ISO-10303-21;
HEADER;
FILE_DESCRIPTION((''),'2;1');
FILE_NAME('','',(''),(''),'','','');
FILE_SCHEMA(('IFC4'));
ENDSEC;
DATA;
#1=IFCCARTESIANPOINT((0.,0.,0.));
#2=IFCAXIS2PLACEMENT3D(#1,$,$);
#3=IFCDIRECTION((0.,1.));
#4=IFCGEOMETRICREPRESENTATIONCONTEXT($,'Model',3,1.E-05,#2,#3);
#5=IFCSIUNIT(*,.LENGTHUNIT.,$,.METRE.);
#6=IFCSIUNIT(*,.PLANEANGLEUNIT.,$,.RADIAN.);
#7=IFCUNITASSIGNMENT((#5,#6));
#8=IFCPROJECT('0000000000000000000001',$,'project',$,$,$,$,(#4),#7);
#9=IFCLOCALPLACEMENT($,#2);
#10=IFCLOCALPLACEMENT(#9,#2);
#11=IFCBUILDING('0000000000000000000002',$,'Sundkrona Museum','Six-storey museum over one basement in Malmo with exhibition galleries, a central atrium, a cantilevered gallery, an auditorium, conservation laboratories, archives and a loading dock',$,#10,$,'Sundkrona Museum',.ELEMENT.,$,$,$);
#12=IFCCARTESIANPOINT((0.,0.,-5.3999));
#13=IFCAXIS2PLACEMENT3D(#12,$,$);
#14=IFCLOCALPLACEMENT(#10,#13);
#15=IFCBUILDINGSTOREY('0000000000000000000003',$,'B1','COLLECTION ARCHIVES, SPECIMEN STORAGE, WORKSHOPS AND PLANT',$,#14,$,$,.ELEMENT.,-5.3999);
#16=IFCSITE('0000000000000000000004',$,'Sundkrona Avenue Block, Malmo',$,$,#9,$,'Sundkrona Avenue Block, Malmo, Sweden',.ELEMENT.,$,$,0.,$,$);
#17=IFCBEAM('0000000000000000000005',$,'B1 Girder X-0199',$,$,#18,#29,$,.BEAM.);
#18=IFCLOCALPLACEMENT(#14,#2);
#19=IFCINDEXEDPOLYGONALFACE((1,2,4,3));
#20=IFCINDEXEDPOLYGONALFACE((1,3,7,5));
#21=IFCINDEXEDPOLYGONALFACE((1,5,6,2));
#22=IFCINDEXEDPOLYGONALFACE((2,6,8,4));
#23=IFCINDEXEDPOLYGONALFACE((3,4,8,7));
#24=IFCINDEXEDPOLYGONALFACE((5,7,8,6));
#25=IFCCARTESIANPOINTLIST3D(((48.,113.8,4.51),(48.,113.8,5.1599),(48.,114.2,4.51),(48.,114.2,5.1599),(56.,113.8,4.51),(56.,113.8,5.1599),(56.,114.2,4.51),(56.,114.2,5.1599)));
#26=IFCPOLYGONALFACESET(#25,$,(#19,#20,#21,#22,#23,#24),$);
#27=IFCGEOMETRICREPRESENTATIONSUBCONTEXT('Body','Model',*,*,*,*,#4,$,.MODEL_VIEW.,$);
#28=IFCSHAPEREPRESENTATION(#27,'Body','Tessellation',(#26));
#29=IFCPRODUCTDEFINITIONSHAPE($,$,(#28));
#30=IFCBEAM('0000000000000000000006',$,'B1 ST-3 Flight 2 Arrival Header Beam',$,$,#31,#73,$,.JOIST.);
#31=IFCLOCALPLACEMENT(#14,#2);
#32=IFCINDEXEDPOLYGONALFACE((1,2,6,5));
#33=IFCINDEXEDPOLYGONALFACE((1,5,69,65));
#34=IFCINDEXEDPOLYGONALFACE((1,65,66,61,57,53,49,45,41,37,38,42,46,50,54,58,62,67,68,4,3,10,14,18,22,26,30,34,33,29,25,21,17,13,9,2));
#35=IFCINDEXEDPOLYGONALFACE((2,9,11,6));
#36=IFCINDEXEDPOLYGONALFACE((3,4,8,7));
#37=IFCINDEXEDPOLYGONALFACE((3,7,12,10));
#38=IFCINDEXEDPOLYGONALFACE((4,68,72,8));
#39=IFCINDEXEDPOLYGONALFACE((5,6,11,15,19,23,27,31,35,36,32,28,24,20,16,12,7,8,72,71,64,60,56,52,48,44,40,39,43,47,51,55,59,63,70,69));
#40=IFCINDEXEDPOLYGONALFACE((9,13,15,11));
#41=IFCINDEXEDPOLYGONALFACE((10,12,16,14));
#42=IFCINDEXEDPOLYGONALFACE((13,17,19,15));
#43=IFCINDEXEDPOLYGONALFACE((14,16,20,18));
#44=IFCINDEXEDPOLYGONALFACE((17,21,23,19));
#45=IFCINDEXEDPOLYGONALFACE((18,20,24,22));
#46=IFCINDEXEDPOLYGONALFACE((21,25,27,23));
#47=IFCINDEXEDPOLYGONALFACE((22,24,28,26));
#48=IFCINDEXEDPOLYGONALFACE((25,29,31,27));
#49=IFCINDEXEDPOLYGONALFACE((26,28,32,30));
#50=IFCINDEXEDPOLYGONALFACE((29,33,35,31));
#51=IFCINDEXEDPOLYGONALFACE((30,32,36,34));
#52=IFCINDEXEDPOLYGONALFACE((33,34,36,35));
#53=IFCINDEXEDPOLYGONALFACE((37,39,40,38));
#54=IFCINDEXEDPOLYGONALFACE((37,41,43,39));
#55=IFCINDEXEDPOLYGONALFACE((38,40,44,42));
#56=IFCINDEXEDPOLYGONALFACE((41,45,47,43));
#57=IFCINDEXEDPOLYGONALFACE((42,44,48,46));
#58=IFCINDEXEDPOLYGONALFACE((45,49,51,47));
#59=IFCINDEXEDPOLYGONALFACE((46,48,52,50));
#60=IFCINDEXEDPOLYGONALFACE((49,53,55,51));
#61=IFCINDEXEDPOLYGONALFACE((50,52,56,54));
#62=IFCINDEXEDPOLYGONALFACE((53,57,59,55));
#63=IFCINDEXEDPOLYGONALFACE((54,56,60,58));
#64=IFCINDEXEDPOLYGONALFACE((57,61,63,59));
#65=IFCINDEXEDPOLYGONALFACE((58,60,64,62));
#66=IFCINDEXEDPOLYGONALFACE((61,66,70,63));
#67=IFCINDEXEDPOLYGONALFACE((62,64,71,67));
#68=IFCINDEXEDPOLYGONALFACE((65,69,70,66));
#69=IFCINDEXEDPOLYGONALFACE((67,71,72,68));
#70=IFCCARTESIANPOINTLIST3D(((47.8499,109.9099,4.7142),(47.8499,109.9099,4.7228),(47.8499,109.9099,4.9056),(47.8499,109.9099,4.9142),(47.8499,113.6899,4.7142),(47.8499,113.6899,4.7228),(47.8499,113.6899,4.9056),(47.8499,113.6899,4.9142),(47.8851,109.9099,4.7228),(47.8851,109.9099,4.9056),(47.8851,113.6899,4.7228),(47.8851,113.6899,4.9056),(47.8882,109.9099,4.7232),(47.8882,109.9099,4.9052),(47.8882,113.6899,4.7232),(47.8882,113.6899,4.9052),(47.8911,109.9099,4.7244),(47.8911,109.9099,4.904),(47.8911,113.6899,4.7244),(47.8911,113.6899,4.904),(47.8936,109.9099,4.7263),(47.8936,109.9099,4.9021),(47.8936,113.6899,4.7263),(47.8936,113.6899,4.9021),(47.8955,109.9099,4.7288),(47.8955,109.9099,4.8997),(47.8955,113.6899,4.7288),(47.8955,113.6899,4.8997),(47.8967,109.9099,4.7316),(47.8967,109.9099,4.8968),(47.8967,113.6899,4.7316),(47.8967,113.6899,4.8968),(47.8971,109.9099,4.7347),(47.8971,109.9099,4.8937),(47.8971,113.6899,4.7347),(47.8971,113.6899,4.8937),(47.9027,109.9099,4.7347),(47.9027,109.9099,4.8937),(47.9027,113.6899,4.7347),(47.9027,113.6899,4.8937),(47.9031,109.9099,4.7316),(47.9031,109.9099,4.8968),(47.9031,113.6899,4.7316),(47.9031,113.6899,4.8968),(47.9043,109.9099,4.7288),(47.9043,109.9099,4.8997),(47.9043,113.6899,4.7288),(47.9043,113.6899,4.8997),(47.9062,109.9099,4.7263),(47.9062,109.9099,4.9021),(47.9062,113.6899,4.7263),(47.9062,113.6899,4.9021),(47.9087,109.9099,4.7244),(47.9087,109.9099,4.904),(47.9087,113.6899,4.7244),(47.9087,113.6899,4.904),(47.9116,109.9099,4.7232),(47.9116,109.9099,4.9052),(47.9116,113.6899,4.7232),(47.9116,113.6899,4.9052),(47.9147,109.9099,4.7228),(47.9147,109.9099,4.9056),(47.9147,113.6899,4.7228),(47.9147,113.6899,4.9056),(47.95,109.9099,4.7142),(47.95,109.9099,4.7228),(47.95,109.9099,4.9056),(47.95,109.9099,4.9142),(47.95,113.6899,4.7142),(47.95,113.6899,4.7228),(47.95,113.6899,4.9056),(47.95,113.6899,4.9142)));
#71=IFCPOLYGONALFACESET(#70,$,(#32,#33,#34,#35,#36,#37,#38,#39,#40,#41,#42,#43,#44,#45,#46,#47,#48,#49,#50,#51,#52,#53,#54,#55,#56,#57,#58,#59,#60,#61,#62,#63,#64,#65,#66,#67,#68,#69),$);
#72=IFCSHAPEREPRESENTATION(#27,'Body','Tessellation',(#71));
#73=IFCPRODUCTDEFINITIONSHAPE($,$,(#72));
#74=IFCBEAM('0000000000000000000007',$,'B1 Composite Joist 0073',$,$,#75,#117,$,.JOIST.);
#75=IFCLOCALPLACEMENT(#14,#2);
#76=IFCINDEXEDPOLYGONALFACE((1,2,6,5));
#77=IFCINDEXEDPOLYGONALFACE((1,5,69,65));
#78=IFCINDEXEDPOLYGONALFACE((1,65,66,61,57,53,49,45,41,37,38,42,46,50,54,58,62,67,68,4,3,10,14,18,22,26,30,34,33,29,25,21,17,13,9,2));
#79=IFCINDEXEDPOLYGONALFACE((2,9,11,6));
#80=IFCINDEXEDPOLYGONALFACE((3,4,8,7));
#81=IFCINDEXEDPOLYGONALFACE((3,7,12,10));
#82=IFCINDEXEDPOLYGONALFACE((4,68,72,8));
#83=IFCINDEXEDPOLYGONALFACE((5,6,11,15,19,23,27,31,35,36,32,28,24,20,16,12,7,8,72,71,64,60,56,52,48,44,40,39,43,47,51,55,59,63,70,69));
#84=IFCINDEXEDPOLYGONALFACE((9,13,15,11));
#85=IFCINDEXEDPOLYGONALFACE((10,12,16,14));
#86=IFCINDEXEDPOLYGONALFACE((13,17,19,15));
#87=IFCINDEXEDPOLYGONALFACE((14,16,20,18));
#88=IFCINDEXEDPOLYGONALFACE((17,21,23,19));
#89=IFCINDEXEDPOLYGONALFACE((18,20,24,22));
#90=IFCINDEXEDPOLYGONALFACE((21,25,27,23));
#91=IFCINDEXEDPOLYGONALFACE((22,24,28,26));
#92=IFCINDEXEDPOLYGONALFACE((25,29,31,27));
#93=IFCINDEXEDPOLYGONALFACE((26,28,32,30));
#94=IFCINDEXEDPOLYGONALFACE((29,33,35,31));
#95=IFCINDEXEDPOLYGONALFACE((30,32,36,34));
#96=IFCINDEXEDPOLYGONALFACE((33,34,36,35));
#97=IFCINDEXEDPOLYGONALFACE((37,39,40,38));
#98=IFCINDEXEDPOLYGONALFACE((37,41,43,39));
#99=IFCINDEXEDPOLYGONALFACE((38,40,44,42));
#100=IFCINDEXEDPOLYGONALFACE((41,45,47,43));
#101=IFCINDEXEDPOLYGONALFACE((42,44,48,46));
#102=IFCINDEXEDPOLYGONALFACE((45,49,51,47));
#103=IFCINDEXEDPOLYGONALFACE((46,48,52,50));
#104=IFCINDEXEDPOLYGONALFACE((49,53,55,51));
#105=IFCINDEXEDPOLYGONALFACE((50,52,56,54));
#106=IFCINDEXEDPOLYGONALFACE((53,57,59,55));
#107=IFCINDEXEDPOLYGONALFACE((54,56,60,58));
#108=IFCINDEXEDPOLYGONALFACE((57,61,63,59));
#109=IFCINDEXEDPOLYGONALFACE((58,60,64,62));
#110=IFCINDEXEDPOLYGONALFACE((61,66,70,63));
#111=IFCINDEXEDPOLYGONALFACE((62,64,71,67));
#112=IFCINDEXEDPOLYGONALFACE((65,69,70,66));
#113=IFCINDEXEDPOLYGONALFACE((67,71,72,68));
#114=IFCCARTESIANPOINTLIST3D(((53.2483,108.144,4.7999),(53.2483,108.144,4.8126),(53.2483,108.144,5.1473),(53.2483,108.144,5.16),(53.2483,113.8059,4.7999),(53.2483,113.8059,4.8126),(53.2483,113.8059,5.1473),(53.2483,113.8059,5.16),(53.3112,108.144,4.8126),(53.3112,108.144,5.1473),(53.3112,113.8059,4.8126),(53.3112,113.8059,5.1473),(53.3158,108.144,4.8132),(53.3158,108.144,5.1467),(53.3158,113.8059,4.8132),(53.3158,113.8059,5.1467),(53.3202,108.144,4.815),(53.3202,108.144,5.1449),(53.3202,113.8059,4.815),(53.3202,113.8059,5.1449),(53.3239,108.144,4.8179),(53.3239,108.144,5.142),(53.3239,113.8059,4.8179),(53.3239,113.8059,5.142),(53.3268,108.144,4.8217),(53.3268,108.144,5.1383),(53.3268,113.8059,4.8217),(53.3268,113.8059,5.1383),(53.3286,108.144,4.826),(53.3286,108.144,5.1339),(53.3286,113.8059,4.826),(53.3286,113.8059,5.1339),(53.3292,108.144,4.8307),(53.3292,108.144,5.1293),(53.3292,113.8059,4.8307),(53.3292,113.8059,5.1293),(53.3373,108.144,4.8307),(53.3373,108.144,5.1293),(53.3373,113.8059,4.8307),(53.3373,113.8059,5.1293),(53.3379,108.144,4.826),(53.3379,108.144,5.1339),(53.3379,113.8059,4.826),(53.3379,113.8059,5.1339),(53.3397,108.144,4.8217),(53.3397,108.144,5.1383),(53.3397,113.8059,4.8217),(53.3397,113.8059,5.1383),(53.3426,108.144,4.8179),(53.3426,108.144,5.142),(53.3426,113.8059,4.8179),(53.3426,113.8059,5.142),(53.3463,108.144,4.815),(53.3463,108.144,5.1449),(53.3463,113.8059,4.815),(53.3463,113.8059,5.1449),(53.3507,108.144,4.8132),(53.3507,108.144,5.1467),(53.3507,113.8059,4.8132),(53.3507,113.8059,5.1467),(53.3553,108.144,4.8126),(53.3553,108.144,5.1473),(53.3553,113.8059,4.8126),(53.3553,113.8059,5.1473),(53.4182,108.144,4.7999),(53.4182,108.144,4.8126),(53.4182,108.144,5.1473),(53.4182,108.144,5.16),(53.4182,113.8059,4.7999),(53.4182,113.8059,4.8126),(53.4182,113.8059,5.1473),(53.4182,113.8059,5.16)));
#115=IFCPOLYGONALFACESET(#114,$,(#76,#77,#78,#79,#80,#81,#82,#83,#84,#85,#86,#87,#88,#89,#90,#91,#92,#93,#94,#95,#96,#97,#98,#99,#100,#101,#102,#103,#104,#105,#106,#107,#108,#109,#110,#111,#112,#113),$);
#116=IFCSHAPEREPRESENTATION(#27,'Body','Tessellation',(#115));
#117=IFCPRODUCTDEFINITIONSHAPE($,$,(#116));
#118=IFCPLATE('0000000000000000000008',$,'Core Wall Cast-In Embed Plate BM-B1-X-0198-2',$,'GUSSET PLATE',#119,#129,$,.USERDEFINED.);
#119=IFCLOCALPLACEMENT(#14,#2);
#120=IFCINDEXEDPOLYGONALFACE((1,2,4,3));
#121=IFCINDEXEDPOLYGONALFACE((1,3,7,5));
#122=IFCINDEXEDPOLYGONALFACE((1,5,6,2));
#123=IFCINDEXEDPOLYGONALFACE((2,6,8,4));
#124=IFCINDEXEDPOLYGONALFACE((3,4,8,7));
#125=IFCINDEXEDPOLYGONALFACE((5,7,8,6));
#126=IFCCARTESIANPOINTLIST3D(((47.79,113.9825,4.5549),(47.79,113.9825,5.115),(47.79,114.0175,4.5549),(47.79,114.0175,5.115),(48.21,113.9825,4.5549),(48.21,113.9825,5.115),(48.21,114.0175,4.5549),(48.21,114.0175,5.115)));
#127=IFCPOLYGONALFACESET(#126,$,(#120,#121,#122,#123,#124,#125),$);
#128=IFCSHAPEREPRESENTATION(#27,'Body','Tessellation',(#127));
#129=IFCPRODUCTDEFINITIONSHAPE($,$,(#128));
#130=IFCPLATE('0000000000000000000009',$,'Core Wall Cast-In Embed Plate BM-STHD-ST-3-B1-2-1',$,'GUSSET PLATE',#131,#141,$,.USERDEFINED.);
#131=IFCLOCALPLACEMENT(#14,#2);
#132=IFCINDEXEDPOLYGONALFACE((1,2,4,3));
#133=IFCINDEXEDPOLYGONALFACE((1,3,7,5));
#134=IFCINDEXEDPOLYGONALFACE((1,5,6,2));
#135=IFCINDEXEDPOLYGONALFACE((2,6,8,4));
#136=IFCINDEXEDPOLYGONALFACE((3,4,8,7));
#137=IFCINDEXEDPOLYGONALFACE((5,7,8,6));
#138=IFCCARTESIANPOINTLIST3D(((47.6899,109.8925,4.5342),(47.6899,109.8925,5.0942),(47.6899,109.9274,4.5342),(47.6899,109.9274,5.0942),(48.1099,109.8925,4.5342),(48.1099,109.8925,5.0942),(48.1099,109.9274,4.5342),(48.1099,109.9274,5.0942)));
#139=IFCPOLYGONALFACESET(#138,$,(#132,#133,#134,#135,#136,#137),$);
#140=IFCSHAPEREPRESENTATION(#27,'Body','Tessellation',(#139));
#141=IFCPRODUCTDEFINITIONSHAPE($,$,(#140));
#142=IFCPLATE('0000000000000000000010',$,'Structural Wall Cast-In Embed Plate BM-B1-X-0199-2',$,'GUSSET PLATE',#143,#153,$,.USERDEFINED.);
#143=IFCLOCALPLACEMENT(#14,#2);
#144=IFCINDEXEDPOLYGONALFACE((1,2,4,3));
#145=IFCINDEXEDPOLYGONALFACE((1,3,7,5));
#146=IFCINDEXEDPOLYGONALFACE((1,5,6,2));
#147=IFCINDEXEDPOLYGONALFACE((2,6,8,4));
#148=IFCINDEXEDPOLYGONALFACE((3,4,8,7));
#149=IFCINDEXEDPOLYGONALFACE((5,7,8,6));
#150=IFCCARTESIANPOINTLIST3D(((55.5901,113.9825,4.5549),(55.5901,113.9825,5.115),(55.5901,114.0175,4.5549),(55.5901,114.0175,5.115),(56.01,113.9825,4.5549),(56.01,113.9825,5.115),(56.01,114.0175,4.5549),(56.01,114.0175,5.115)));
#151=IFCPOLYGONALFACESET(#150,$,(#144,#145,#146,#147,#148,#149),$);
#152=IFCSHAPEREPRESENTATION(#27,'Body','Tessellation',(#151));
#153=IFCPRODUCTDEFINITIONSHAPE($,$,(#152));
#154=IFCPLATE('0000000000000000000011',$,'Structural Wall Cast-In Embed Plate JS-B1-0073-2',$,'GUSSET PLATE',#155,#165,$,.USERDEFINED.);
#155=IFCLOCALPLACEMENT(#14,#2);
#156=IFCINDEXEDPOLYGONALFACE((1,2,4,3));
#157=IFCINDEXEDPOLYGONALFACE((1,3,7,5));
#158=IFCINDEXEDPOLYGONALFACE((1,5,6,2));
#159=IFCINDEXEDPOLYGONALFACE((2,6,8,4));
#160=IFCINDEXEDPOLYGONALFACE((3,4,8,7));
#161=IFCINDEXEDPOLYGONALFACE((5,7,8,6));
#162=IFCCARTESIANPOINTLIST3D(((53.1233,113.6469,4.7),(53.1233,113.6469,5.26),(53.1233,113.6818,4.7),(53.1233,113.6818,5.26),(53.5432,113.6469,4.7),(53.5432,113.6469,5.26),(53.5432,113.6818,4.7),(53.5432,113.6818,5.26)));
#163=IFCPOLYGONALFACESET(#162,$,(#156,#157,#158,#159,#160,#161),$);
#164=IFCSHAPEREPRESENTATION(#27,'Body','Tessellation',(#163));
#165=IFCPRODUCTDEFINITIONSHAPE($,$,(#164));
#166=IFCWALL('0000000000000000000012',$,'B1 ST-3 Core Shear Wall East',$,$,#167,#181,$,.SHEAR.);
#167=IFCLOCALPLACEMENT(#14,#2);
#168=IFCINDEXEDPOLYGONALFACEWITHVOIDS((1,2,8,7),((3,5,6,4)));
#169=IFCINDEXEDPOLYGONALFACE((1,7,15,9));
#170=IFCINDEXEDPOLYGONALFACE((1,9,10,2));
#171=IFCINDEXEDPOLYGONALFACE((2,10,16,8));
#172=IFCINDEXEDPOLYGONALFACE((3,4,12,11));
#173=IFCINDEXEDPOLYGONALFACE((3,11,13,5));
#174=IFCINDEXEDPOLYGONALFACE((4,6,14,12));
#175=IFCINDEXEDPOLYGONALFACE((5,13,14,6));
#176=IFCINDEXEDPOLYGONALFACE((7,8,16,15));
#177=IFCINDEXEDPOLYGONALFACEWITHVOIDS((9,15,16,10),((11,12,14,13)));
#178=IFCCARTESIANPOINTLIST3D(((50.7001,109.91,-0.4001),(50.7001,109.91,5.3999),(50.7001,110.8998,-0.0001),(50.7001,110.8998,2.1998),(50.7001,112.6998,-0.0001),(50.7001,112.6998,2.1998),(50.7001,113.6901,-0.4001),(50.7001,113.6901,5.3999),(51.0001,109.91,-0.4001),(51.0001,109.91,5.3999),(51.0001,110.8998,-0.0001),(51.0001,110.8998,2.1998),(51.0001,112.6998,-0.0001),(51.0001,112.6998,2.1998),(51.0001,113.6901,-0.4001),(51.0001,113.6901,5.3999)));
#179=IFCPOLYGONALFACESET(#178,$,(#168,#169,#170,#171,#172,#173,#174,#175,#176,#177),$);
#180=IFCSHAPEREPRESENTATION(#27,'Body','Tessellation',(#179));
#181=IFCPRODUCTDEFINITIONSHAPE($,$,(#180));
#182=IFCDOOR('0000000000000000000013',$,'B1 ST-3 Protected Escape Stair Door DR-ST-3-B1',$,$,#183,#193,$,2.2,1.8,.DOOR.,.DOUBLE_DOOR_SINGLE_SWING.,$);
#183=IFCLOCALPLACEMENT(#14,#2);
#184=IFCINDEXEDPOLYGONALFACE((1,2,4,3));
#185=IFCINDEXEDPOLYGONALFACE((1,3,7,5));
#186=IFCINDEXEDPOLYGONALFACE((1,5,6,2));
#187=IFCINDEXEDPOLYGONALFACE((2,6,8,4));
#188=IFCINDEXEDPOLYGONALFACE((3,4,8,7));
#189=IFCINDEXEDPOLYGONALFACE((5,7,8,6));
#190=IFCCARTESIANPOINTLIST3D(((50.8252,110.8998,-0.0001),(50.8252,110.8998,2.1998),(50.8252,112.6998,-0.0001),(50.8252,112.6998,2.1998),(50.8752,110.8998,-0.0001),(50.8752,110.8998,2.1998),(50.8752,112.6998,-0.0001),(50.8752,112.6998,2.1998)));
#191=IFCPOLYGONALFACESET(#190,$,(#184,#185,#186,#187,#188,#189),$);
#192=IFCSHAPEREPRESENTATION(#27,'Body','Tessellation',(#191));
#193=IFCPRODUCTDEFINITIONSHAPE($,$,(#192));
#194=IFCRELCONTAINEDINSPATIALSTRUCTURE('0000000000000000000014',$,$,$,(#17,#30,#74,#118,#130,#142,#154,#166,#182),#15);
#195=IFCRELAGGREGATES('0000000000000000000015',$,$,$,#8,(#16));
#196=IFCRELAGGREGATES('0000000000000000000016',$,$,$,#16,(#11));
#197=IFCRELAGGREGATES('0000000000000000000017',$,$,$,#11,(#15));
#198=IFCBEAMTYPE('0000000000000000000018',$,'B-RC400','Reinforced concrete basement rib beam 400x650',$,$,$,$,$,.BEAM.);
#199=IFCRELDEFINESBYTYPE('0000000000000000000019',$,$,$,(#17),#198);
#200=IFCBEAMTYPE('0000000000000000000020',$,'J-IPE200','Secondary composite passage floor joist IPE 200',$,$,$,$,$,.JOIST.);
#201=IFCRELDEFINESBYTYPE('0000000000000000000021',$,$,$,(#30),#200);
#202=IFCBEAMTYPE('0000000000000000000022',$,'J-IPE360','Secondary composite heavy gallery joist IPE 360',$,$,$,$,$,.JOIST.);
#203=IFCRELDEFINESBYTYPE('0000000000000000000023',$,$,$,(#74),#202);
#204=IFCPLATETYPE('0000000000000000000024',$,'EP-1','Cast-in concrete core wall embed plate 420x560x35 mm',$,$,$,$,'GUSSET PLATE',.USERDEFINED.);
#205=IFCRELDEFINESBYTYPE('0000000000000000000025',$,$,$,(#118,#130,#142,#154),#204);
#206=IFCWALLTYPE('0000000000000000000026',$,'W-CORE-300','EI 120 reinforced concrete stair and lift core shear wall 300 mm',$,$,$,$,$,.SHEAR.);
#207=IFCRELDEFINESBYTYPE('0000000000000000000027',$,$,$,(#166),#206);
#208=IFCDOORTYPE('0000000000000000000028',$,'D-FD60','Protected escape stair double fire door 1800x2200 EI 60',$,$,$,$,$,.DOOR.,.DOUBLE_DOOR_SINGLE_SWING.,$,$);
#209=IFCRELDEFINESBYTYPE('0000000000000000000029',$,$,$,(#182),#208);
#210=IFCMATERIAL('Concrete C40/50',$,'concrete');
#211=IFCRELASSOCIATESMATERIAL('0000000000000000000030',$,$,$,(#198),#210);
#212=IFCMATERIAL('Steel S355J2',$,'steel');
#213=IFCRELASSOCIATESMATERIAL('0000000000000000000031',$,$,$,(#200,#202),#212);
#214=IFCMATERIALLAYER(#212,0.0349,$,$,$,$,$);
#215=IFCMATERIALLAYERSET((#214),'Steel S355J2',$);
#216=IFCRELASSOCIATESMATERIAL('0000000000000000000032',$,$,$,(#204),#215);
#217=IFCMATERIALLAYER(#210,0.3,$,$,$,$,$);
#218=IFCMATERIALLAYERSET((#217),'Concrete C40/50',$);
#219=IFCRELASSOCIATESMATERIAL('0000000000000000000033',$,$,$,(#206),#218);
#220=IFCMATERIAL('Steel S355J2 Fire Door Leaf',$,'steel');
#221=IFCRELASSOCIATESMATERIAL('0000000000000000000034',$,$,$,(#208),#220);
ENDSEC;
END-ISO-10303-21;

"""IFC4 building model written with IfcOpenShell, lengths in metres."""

from ifc_helpers import new_model, si_unit, direction, frame, frame_2d, origin, origin_2d, place, context, subcontext, project, spatial, rectangle, i_section, extrude, material, layer, layer_set, material_profile, profile_set, type_object, element, fill, save


model = new_model("IFC4")

# Units and contexts
model_context = context("Model", 3, precision=1e-05, world=origin(), true_north=direction((0.0, 1.0)))
body_context = subcontext(model_context, "Body", "Model", "MODEL_VIEW")
ifc_project = project(units=[si_unit("LENGTHUNIT", "METRE"), si_unit("PLANEANGLEUNIT", "RADIAN")], contexts=[model_context])

# Site, building, storey
site_placement = place(None, origin())
site = spatial("IfcSite", under=ifc_project, at=site_placement, Name="Sundkrona Avenue Block, Malmo", LongName="Sundkrona Avenue Block, Malmo, Sweden", CompositionType="ELEMENT", RefElevation=0.0)
building_placement = place(site_placement, origin())
building = spatial("IfcBuilding", under=site, at=building_placement, Name="Sundkrona Museum", Description="Six-storey museum over one basement in Malmo with exhibition galleries, a central atrium, a cantilevered gallery, an auditorium, conservation laboratories, archives and a loading dock", LongName="Sundkrona Museum", CompositionType="ELEMENT")
storey_placement = place(building_placement, frame((0.0, 0.0, -5.3999)))
storey = spatial("IfcBuildingStorey", under=building, at=storey_placement, Name="B1", Description="COLLECTION ARCHIVES, SPECIMEN STORAGE, WORKSHOPS AND PLANT", CompositionType="ELEMENT", Elevation=-5.3999)

# Shared definitions
ifc_material_1 = material(Name="Concrete C40/50", Category="concrete")

# Beams
ifc_material_2 = material(Name="Steel S355J2", Category="steel")
ifc_material_profile_1 = material_profile(ifc_material_1, rectangle(XDim=0.3999, YDim=0.6499, at=origin_2d()), Name="RCB 400x650")
ifc_profile_set_1 = profile_set([ifc_material_profile_1], Name="Concrete C40/50")
beam_type_1 = type_object("IfcBeamType", Name="B-RC400", Description="Reinforced concrete basement rib beam 400x650", PredefinedType="BEAM", material=ifc_profile_set_1)
beam_1_placement = place(storey_placement, frame((48.0, 114.0, 4.835), z_axis=(1.0, 0.0, 0.0), x_axis=(0.0, 1.0, 0.0)))
element("IfcBeam", 1, at=beam_1_placement, inside=storey, type_object=beam_type_1, Name="B1 Girder X-0199", PredefinedType="BEAM", context=body_context, shape_type="SweptSolid", body=[
    extrude(rectangle(XDim=0.3999, YDim=0.6499, at=origin_2d()), origin(), (0.0, 0.0, 1.0), 8.0),
])
ifc_material_profile_2 = material_profile(ifc_material_2, i_section(OverallWidth=0.1001, OverallDepth=0.2, WebThickness=0.0056, FlangeThickness=0.0085, FilletRadius=0.012, at=origin_2d()), Name="IPE 200")
ifc_profile_set_2 = profile_set([ifc_material_profile_2], Name="Steel S355J2")
beam_type_2 = type_object("IfcBeamType", Name="J-IPE200", Description="Secondary composite passage floor joist IPE 200", PredefinedType="JOIST", material=ifc_profile_set_2)
beam_2_placement = place(storey_placement, frame((47.8999, 109.9099, 4.8142), z_axis=(0.0, 1.0, 0.0), x_axis=(-1.0, 0.0, 0.0)))
element("IfcBeam", 2, at=beam_2_placement, inside=storey, type_object=beam_type_2, Name="B1 ST-3 Flight 2 Arrival Header Beam", PredefinedType="JOIST", context=body_context, shape_type="SweptSolid", body=[
    extrude(i_section(OverallWidth=0.1001, OverallDepth=0.2, WebThickness=0.0056, FlangeThickness=0.0085, FilletRadius=0.012, at=origin_2d()), origin(), (0.0, 0.0, 1.0), 3.78),
])
ifc_material_profile_3 = material_profile(ifc_material_2, i_section(OverallWidth=0.1699, OverallDepth=0.3601, WebThickness=0.0081, FlangeThickness=0.0127, FilletRadius=0.0181, at=origin_2d()), Name="IPE 360")
ifc_profile_set_3 = profile_set([ifc_material_profile_3], Name="Steel S355J2")
beam_type_3 = type_object("IfcBeamType", Name="J-IPE360", Description="Secondary composite heavy gallery joist IPE 360", PredefinedType="JOIST", material=ifc_profile_set_3)
beam_3_placement = place(storey_placement, frame((53.3333, 108.144, 4.98), z_axis=(0.0, 1.0, 0.0), x_axis=(-1.0, 0.0, 0.0)))
element("IfcBeam", 3, at=beam_3_placement, inside=storey, type_object=beam_type_3, Name="B1 Composite Joist 0073", PredefinedType="JOIST", context=body_context, shape_type="SweptSolid", body=[
    extrude(i_section(OverallWidth=0.1699, OverallDepth=0.3601, WebThickness=0.0081, FlangeThickness=0.0127, FilletRadius=0.0181, at=origin_2d()), origin(), (0.0, 0.0, 1.0), 5.6619),
])

# Plates
ifc_layer_1 = layer(ifc_material_2, 0.0349)
ifc_layer_set_1 = layer_set([ifc_layer_1], Name="Steel S355J2")
plate_type = type_object("IfcPlateType", Name="EP-1", Description="Cast-in concrete core wall embed plate 420x560x35 mm", ElementType="GUSSET PLATE", PredefinedType="USERDEFINED", material=ifc_layer_set_1)
for number, where, z_axis, x_axis, name in (
    (4, (48.0, 114.0, 4.5549), (0.0, 0.0, 1.0), (1.0, 0.0, 0.0), "Core Wall Cast-In Embed Plate BM-B1-X-0198-2"),
    (5, (47.8999, 109.9099, 4.5342), (0.0, 0.0, 1.0), (1.0, 0.0, 0.0), "Core Wall Cast-In Embed Plate BM-STHD-ST-3-B1-2-1"),
    (6, (55.8, 114.0, 4.5549), (0.0, 0.0, 1.0), (1.0, 0.0, 0.0), "Structural Wall Cast-In Embed Plate BM-B1-X-0199-2"),
    (7, (53.3333, 113.6643, 4.7), (0.0, 0.0, 1.0), (1.0, 0.0, 0.0), "Structural Wall Cast-In Embed Plate JS-B1-0073-2"),
):
    element("IfcPlate", number, at=place(storey_placement, frame(where, z_axis=z_axis, x_axis=x_axis)), inside=storey, type_object=plate_type, Name=name, ObjectType="GUSSET PLATE", PredefinedType="USERDEFINED", context=body_context, shape_type="SweptSolid", body=[
        extrude(rectangle(XDim=0.4199, YDim=0.0349, at=origin_2d()), origin(), (0.0, 0.0, 1.0), 0.5601),
    ])

# Wall, opening, door
ifc_layer_2 = layer(ifc_material_1, 0.3)
ifc_layer_set_2 = layer_set([ifc_layer_2], Name="Concrete C40/50")
wall_type_1 = type_object("IfcWallType", Name="W-CORE-300", Description="EI 120 reinforced concrete stair and lift core shear wall 300 mm", PredefinedType="SHEAR", material=ifc_layer_set_2)
wall_1_placement = place(storey_placement, frame((50.8501, 109.9099, -0.4001), z_axis=(0.0, 0.0, 1.0), x_axis=(0.0, 1.0, 0.0)))
wall_1 = element("IfcWall", 8, at=wall_1_placement, inside=storey, type_object=wall_type_1, Name="B1 ST-3 Core Shear Wall East", PredefinedType="SHEAR", context=body_context, shape_type="SweptSolid", body=[
    extrude(rectangle(XDim=3.78, YDim=0.3, at=frame_2d((1.8901, 0.0))), origin(), (0.0, 0.0, 1.0), 5.8),
])
opening_placement = place(wall_1_placement, frame((0.99, 0.0, 0.3999)))
opening = element("IfcOpeningElement", 9, at=opening_placement, cuts=wall_1, PredefinedType="OPENING", context=body_context, shape_type="SweptSolid", body=[
    extrude(rectangle(XDim=1.8, YDim=2.2, at=frame_2d((0.8999, 1.1001))), frame((0.0, 0.1599, 0.0), z_axis=(0.0, -1.0, 0.0), x_axis=(1.0, 0.0, 0.0)), (0.0, 0.0, 1.0), 0.3201),
])
ifc_material_3 = material(Name="Steel S355J2 Fire Door Leaf", Category="steel")
door_type = type_object("IfcDoorType", Name="D-FD60", Description="Protected escape stair double fire door 1800x2200 EI 60", OperationType="DOUBLE_DOOR_SINGLE_SWING", PredefinedType="DOOR", material=ifc_material_3)
door_placement = place(opening_placement, origin())
door = element("IfcDoor", 10, at=door_placement, inside=storey, type_object=door_type, Name="B1 ST-3 Protected Escape Stair Door DR-ST-3-B1", OperationType="DOUBLE_DOOR_SINGLE_SWING", OverallHeight=2.2, OverallWidth=1.8, PredefinedType="DOOR", context=body_context, shape_type="SweptSolid", body=[
    extrude(rectangle(XDim=1.8, YDim=2.2, at=frame_2d((0.8999, 1.1001))), frame((0.0, 0.0249, 0.0), z_axis=(0.0, -1.0, 0.0), x_axis=(1.0, 0.0, 0.0)), (0.0, 0.0, 1.0), 0.05),
])
fill(opening, door)

save(model, "model.ifc")
